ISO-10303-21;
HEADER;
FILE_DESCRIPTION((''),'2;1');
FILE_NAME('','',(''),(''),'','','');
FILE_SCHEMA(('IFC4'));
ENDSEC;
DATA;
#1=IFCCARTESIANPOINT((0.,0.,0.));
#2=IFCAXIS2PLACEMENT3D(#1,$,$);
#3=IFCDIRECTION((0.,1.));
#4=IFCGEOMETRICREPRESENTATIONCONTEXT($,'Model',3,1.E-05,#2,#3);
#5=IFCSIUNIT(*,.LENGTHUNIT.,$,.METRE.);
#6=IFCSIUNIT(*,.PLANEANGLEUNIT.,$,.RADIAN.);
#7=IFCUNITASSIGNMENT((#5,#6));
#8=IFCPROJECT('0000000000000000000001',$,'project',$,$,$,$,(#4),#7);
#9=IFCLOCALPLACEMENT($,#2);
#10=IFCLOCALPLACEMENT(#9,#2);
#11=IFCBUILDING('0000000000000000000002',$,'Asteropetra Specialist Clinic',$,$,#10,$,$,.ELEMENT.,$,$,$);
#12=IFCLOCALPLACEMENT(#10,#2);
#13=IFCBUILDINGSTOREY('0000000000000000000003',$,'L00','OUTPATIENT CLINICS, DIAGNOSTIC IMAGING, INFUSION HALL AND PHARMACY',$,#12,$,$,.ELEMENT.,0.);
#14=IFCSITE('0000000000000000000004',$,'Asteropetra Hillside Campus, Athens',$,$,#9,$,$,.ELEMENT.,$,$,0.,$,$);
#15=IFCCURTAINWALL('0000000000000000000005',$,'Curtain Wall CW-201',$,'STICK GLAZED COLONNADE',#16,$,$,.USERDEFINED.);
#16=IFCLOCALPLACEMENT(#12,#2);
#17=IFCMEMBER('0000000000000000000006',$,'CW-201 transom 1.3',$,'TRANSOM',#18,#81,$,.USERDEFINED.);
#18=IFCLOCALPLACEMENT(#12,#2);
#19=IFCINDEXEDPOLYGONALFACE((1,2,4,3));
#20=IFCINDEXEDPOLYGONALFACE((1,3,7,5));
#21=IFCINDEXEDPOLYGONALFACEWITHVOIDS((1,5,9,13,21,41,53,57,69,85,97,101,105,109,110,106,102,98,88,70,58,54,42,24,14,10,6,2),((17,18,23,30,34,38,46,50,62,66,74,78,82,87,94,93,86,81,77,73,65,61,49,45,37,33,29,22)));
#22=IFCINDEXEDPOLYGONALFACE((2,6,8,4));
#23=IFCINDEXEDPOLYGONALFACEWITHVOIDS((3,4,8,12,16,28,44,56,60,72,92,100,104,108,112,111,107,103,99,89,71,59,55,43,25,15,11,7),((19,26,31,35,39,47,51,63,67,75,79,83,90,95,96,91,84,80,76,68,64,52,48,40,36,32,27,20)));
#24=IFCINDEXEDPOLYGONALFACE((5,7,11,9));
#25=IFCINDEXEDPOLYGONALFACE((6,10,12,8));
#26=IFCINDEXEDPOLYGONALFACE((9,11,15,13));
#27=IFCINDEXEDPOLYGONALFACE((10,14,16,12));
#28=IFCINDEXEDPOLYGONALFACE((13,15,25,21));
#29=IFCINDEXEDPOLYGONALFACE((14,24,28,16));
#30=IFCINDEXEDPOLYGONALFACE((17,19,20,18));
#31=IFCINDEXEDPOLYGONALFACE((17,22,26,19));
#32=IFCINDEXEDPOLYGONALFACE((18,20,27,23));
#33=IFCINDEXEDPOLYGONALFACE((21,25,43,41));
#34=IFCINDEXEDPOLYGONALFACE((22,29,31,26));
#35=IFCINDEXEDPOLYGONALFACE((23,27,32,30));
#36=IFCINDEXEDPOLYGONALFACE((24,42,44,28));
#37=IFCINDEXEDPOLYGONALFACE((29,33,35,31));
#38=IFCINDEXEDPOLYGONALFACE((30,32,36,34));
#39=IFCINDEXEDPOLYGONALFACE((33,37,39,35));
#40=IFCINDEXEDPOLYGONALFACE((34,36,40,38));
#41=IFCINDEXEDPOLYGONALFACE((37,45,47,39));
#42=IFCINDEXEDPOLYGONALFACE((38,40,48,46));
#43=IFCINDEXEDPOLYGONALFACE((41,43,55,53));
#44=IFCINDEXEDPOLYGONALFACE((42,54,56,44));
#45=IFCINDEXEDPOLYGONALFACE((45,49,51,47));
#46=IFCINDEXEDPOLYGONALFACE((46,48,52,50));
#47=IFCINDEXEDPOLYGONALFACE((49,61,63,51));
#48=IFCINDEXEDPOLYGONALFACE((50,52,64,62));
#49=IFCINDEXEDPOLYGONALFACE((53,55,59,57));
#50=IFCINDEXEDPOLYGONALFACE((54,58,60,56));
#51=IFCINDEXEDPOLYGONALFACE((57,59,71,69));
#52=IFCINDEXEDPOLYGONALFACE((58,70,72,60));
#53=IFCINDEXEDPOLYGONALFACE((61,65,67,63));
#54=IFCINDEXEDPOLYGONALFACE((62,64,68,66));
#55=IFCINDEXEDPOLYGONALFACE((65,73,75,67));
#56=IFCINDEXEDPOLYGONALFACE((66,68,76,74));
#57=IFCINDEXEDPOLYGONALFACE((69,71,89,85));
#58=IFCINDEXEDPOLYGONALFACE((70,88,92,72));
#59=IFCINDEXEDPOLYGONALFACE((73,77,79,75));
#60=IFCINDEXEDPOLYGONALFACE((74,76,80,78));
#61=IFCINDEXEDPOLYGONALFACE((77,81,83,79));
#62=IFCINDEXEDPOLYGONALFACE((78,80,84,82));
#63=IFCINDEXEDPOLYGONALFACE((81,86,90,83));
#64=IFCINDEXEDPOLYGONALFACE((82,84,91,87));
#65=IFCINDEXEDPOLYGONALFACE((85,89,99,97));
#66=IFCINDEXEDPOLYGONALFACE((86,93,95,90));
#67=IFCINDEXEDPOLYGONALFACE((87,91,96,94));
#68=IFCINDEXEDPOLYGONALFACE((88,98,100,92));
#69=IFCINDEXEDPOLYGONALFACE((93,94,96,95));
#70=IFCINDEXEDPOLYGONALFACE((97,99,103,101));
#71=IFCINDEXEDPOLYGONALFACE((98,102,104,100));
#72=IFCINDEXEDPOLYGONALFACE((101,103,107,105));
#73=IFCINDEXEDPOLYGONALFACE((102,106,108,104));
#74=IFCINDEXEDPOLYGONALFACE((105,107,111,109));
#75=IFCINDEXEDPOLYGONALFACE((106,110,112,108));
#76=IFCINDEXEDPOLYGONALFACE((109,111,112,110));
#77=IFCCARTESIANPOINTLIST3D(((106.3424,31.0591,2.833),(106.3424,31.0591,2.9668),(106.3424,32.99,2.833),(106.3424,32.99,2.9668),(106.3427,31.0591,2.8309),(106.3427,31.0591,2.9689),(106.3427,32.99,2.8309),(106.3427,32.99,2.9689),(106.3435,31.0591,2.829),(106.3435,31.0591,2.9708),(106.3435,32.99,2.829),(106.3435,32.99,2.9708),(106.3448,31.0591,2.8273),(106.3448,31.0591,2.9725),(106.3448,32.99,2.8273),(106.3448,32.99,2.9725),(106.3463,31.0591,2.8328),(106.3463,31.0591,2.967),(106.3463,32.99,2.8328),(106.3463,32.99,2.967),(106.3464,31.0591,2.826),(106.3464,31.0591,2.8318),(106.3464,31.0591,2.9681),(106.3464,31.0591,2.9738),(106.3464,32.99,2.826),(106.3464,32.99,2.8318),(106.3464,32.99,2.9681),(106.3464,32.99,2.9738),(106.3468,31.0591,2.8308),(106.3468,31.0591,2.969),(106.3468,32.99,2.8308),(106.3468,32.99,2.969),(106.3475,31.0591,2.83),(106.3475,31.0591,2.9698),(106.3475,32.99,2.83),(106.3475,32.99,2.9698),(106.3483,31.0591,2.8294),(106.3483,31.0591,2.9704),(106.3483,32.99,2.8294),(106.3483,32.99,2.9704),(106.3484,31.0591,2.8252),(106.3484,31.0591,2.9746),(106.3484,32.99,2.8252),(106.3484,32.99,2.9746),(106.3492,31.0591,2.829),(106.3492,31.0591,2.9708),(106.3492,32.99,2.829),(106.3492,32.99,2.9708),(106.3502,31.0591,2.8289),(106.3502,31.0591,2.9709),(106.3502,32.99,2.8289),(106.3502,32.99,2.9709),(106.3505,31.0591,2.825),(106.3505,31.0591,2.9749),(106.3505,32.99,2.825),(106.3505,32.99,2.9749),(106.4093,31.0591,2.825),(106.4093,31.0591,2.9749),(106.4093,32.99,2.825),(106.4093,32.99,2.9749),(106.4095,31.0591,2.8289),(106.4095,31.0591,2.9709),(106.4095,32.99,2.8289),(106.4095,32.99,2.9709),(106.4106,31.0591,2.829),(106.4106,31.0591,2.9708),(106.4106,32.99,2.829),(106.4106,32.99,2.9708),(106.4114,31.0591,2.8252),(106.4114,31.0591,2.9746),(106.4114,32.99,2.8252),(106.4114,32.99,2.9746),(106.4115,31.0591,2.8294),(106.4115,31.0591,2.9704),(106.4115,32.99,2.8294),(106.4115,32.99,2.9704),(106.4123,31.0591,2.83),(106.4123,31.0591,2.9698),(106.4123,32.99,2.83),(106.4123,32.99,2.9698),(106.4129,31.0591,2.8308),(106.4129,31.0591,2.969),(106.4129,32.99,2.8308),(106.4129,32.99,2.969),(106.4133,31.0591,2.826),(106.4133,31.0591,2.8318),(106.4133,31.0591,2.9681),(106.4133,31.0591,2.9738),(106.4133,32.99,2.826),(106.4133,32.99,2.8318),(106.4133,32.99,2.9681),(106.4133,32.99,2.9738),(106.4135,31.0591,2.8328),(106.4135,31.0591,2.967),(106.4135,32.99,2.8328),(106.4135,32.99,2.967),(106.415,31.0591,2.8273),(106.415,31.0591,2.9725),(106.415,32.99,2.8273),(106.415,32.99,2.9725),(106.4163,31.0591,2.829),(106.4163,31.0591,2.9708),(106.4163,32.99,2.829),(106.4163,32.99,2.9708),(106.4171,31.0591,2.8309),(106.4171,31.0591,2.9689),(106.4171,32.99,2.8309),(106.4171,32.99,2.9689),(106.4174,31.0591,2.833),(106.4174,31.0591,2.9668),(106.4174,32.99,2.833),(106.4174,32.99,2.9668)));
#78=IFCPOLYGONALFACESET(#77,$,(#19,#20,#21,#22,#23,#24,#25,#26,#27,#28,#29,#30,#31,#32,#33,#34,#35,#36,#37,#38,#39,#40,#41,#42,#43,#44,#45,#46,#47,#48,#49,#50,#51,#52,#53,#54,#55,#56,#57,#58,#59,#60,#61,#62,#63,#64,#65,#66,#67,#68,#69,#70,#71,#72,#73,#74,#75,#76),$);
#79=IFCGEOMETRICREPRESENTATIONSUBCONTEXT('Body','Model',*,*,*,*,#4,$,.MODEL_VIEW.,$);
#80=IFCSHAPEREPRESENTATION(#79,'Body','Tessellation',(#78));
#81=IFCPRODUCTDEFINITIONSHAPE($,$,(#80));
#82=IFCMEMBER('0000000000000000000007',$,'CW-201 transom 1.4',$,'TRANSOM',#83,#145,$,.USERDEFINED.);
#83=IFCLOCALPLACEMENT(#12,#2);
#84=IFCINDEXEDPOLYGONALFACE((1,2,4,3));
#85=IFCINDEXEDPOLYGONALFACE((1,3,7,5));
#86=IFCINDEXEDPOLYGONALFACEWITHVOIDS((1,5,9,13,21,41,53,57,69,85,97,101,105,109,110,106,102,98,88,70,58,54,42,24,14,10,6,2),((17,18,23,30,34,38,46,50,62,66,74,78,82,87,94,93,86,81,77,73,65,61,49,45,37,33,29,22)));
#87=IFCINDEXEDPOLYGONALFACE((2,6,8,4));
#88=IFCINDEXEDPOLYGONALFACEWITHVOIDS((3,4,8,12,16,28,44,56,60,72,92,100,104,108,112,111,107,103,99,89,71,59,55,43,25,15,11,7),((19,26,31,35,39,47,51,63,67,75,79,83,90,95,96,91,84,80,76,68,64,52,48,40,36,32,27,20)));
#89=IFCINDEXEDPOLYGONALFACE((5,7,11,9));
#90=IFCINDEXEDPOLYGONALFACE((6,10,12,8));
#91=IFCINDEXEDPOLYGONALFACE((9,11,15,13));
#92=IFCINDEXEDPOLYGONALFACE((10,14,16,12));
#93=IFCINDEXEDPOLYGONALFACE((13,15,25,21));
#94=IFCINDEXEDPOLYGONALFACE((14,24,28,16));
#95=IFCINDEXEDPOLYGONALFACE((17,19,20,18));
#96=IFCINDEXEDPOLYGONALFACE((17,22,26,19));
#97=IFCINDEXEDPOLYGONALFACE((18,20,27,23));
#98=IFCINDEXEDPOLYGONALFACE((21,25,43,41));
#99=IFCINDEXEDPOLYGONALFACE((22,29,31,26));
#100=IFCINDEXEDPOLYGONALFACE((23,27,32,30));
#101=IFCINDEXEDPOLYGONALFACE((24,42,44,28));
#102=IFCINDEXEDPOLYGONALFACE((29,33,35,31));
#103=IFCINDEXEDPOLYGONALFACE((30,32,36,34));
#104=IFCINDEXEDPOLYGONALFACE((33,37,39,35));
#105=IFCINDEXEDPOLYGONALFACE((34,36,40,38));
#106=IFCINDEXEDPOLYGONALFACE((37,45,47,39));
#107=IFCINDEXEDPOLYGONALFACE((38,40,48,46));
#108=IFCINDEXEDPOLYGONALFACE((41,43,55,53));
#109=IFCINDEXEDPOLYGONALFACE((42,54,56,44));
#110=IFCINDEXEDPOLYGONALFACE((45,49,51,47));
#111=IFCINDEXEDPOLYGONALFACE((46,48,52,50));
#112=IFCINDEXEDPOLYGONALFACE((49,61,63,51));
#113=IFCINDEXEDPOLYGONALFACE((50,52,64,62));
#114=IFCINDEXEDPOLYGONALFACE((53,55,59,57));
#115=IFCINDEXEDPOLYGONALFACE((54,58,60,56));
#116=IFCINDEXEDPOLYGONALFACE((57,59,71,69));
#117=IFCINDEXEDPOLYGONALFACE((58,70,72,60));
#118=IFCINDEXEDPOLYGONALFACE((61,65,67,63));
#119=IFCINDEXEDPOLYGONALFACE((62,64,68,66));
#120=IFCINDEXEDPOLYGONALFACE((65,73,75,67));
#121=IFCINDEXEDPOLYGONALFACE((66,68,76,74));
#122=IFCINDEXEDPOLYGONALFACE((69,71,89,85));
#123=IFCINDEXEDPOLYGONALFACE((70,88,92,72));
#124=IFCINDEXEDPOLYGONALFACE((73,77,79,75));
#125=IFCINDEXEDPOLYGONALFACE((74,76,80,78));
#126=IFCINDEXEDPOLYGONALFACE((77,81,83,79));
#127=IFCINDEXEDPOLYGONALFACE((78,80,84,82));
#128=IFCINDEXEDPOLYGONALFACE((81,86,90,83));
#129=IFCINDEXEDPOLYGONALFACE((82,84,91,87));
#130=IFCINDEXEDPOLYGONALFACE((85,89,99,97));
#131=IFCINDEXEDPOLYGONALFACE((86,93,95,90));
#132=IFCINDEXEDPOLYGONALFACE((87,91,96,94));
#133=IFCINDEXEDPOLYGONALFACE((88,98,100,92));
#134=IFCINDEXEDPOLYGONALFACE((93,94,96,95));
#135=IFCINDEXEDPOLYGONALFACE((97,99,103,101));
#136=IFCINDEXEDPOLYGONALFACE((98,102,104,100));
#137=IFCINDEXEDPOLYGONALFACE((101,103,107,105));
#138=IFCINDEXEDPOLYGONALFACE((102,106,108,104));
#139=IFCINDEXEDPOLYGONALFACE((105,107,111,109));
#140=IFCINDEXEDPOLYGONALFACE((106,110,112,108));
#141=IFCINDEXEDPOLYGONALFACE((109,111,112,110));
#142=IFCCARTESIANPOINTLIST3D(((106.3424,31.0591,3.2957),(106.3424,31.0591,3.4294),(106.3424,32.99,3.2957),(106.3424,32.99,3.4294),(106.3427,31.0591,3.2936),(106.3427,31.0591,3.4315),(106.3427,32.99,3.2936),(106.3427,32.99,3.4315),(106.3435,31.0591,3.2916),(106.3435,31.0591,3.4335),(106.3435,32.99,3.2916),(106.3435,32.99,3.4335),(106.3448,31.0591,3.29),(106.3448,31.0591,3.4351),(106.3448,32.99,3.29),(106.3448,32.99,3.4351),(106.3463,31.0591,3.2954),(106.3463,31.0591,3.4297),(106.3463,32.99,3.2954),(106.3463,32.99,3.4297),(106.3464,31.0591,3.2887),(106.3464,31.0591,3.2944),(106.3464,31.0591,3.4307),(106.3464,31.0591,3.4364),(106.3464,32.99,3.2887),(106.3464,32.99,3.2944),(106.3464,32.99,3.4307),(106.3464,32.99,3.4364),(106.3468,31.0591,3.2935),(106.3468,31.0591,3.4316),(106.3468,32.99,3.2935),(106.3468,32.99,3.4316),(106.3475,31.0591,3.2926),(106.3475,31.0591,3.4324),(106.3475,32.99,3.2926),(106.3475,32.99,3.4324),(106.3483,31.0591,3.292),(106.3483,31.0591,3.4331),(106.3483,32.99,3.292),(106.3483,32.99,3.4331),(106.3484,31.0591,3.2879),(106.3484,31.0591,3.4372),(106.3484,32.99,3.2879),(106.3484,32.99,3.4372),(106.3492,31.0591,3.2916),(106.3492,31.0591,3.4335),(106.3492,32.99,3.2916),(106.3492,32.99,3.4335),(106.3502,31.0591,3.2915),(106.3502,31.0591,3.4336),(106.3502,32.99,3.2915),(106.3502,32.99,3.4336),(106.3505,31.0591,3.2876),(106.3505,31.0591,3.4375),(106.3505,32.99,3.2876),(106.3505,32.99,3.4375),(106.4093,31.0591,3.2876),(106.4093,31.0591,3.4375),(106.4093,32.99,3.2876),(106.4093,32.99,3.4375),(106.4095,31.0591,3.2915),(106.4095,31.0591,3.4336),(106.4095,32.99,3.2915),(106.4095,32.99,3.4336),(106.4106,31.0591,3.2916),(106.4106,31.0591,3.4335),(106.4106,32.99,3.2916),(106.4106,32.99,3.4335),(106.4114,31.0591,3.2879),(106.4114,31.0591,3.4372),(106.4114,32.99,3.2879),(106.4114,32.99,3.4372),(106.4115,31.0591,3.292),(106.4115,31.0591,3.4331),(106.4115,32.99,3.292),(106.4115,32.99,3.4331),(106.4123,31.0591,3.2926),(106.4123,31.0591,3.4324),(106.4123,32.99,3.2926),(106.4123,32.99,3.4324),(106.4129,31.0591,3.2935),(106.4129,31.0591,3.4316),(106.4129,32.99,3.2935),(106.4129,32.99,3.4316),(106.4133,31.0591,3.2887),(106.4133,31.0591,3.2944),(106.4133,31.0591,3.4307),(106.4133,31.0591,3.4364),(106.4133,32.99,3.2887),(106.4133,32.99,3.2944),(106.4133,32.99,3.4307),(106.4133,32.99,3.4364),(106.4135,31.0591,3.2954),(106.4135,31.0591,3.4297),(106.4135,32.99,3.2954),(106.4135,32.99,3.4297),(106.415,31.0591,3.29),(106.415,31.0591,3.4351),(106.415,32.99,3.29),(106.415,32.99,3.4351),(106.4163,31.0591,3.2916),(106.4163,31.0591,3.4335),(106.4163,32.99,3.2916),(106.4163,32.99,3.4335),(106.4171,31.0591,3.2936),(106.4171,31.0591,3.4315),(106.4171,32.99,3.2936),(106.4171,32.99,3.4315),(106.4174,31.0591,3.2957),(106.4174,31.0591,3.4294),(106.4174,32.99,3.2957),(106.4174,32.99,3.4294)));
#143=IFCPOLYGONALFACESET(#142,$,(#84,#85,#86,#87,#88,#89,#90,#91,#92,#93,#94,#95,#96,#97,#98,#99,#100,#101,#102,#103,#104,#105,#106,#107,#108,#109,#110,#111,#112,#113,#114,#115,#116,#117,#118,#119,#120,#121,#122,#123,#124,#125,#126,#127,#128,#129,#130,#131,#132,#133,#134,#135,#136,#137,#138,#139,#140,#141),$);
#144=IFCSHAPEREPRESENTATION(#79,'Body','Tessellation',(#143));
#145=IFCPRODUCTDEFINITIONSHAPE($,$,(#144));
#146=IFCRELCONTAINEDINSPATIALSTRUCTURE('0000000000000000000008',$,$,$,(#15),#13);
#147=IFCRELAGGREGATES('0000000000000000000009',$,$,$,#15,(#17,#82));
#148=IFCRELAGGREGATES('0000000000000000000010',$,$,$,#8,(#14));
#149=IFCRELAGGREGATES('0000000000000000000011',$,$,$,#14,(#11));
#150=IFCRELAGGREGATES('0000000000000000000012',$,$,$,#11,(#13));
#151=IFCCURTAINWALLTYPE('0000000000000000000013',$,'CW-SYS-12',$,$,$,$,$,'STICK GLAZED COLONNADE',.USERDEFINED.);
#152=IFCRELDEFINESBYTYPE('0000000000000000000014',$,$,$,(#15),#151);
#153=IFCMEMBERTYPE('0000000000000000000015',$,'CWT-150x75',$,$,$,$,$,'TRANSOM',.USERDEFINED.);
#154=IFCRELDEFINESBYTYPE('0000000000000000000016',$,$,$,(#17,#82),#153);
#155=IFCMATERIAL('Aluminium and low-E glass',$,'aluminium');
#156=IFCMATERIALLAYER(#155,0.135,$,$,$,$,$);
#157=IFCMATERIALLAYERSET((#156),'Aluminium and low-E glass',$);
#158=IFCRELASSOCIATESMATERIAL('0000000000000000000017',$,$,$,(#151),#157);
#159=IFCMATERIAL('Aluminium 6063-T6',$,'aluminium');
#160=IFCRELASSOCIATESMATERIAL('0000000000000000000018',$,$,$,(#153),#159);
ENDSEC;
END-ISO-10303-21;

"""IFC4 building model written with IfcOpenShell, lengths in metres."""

from ifc_helpers import new_model, si_unit, direction, frame, origin, origin_2d, place, context, subcontext, project, spatial, hollow_rectangle, extrude, material, layer, layer_set, material_profile, profile_set, type_object, element, aggregate, save


model = new_model("IFC4")

# Units and contexts
model_context = context("Model", 3, precision=1e-05, world=origin(), true_north=direction((0.0, 1.0)))
body_context = subcontext(model_context, "Body", "Model", "MODEL_VIEW")
ifc_project = project(units=[si_unit("LENGTHUNIT", "METRE"), si_unit("PLANEANGLEUNIT", "RADIAN")], contexts=[model_context])

# Site, building, storey
site_placement = place(None, origin())
site = spatial("IfcSite", under=ifc_project, at=site_placement, Name="Asteropetra Hillside Campus, Athens", CompositionType="ELEMENT", RefElevation=0.0)
building_placement = place(site_placement, origin())
building = spatial("IfcBuilding", under=site, at=building_placement, Name="Asteropetra Specialist Clinic", CompositionType="ELEMENT")
storey_placement = place(building_placement, origin())
storey = spatial("IfcBuildingStorey", under=building, at=storey_placement, Name="L00", Description="OUTPATIENT CLINICS, DIAGNOSTIC IMAGING, INFUSION HALL AND PHARMACY", CompositionType="ELEMENT", Elevation=0.0)

# Curtain wall
ifc_material_1 = material(Name="Aluminium and low-E glass", Category="aluminium")
ifc_layer_1 = layer(ifc_material_1, 0.135)
ifc_layer_set_1 = layer_set([ifc_layer_1], Name="Aluminium and low-E glass")
curtain_wall_type_1 = type_object("IfcCurtainWallType", Name="CW-SYS-12", ElementType="STICK GLAZED COLONNADE", PredefinedType="USERDEFINED", material=ifc_layer_set_1)
curtain_wall_1_placement = place(storey_placement, origin())
curtain_wall_1 = element("IfcCurtainWall", 1, at=curtain_wall_1_placement, inside=storey, type_object=curtain_wall_type_1, Name="Curtain Wall CW-201", ObjectType="STICK GLAZED COLONNADE", PredefinedType="USERDEFINED")

# Members
ifc_material_2 = material(Name="Aluminium 6063-T6", Category="aluminium")
ifc_material_profile_1 = material_profile(ifc_material_2, hollow_rectangle(XDim=0.075, YDim=0.1499, WallThickness=0.0039, InnerFilletRadius=0.0039, OuterFilletRadius=0.0081, at=origin_2d()), Name="TRN 150x75x4.0")
ifc_profile_set_1 = profile_set([ifc_material_profile_1], Name="Aluminium 6063-T6")
member_type_1 = type_object("IfcMemberType", Name="CWT-150x75", ElementType="TRANSOM", PredefinedType="USERDEFINED", material=ifc_profile_set_1)
member_1_placement = place(storey_placement, frame((106.3799, 32.99, 2.8999), z_axis=(0.0, -1.0, 0.0), x_axis=(1.0, 0.0, 0.0)))
member_1 = element("IfcMember", 2, at=member_1_placement, type_object=member_type_1, Name="CW-201 transom 1.3", ObjectType="TRANSOM", PredefinedType="USERDEFINED", context=body_context, shape_type="SweptSolid", body=[
    extrude(hollow_rectangle(XDim=0.075, YDim=0.1499, WallThickness=0.0039, InnerFilletRadius=0.0039, OuterFilletRadius=0.0081, at=origin_2d()), origin(), (0.0, 0.0, 1.0), 1.9309),
])
member_2_placement = place(storey_placement, frame((106.3799, 32.99, 3.3625), z_axis=(0.0, -1.0, 0.0), x_axis=(1.0, 0.0, 0.0)))
member_2 = element("IfcMember", 3, at=member_2_placement, type_object=member_type_1, Name="CW-201 transom 1.4", ObjectType="TRANSOM", PredefinedType="USERDEFINED", context=body_context, shape_type="SweptSolid", body=[
    extrude(hollow_rectangle(XDim=0.075, YDim=0.1499, WallThickness=0.0039, InnerFilletRadius=0.0039, OuterFilletRadius=0.0081, at=origin_2d()), origin(), (0.0, 0.0, 1.0), 1.9309),
])

aggregate(curtain_wall_1, [member_1, member_2])

save(model, "model.ifc")
